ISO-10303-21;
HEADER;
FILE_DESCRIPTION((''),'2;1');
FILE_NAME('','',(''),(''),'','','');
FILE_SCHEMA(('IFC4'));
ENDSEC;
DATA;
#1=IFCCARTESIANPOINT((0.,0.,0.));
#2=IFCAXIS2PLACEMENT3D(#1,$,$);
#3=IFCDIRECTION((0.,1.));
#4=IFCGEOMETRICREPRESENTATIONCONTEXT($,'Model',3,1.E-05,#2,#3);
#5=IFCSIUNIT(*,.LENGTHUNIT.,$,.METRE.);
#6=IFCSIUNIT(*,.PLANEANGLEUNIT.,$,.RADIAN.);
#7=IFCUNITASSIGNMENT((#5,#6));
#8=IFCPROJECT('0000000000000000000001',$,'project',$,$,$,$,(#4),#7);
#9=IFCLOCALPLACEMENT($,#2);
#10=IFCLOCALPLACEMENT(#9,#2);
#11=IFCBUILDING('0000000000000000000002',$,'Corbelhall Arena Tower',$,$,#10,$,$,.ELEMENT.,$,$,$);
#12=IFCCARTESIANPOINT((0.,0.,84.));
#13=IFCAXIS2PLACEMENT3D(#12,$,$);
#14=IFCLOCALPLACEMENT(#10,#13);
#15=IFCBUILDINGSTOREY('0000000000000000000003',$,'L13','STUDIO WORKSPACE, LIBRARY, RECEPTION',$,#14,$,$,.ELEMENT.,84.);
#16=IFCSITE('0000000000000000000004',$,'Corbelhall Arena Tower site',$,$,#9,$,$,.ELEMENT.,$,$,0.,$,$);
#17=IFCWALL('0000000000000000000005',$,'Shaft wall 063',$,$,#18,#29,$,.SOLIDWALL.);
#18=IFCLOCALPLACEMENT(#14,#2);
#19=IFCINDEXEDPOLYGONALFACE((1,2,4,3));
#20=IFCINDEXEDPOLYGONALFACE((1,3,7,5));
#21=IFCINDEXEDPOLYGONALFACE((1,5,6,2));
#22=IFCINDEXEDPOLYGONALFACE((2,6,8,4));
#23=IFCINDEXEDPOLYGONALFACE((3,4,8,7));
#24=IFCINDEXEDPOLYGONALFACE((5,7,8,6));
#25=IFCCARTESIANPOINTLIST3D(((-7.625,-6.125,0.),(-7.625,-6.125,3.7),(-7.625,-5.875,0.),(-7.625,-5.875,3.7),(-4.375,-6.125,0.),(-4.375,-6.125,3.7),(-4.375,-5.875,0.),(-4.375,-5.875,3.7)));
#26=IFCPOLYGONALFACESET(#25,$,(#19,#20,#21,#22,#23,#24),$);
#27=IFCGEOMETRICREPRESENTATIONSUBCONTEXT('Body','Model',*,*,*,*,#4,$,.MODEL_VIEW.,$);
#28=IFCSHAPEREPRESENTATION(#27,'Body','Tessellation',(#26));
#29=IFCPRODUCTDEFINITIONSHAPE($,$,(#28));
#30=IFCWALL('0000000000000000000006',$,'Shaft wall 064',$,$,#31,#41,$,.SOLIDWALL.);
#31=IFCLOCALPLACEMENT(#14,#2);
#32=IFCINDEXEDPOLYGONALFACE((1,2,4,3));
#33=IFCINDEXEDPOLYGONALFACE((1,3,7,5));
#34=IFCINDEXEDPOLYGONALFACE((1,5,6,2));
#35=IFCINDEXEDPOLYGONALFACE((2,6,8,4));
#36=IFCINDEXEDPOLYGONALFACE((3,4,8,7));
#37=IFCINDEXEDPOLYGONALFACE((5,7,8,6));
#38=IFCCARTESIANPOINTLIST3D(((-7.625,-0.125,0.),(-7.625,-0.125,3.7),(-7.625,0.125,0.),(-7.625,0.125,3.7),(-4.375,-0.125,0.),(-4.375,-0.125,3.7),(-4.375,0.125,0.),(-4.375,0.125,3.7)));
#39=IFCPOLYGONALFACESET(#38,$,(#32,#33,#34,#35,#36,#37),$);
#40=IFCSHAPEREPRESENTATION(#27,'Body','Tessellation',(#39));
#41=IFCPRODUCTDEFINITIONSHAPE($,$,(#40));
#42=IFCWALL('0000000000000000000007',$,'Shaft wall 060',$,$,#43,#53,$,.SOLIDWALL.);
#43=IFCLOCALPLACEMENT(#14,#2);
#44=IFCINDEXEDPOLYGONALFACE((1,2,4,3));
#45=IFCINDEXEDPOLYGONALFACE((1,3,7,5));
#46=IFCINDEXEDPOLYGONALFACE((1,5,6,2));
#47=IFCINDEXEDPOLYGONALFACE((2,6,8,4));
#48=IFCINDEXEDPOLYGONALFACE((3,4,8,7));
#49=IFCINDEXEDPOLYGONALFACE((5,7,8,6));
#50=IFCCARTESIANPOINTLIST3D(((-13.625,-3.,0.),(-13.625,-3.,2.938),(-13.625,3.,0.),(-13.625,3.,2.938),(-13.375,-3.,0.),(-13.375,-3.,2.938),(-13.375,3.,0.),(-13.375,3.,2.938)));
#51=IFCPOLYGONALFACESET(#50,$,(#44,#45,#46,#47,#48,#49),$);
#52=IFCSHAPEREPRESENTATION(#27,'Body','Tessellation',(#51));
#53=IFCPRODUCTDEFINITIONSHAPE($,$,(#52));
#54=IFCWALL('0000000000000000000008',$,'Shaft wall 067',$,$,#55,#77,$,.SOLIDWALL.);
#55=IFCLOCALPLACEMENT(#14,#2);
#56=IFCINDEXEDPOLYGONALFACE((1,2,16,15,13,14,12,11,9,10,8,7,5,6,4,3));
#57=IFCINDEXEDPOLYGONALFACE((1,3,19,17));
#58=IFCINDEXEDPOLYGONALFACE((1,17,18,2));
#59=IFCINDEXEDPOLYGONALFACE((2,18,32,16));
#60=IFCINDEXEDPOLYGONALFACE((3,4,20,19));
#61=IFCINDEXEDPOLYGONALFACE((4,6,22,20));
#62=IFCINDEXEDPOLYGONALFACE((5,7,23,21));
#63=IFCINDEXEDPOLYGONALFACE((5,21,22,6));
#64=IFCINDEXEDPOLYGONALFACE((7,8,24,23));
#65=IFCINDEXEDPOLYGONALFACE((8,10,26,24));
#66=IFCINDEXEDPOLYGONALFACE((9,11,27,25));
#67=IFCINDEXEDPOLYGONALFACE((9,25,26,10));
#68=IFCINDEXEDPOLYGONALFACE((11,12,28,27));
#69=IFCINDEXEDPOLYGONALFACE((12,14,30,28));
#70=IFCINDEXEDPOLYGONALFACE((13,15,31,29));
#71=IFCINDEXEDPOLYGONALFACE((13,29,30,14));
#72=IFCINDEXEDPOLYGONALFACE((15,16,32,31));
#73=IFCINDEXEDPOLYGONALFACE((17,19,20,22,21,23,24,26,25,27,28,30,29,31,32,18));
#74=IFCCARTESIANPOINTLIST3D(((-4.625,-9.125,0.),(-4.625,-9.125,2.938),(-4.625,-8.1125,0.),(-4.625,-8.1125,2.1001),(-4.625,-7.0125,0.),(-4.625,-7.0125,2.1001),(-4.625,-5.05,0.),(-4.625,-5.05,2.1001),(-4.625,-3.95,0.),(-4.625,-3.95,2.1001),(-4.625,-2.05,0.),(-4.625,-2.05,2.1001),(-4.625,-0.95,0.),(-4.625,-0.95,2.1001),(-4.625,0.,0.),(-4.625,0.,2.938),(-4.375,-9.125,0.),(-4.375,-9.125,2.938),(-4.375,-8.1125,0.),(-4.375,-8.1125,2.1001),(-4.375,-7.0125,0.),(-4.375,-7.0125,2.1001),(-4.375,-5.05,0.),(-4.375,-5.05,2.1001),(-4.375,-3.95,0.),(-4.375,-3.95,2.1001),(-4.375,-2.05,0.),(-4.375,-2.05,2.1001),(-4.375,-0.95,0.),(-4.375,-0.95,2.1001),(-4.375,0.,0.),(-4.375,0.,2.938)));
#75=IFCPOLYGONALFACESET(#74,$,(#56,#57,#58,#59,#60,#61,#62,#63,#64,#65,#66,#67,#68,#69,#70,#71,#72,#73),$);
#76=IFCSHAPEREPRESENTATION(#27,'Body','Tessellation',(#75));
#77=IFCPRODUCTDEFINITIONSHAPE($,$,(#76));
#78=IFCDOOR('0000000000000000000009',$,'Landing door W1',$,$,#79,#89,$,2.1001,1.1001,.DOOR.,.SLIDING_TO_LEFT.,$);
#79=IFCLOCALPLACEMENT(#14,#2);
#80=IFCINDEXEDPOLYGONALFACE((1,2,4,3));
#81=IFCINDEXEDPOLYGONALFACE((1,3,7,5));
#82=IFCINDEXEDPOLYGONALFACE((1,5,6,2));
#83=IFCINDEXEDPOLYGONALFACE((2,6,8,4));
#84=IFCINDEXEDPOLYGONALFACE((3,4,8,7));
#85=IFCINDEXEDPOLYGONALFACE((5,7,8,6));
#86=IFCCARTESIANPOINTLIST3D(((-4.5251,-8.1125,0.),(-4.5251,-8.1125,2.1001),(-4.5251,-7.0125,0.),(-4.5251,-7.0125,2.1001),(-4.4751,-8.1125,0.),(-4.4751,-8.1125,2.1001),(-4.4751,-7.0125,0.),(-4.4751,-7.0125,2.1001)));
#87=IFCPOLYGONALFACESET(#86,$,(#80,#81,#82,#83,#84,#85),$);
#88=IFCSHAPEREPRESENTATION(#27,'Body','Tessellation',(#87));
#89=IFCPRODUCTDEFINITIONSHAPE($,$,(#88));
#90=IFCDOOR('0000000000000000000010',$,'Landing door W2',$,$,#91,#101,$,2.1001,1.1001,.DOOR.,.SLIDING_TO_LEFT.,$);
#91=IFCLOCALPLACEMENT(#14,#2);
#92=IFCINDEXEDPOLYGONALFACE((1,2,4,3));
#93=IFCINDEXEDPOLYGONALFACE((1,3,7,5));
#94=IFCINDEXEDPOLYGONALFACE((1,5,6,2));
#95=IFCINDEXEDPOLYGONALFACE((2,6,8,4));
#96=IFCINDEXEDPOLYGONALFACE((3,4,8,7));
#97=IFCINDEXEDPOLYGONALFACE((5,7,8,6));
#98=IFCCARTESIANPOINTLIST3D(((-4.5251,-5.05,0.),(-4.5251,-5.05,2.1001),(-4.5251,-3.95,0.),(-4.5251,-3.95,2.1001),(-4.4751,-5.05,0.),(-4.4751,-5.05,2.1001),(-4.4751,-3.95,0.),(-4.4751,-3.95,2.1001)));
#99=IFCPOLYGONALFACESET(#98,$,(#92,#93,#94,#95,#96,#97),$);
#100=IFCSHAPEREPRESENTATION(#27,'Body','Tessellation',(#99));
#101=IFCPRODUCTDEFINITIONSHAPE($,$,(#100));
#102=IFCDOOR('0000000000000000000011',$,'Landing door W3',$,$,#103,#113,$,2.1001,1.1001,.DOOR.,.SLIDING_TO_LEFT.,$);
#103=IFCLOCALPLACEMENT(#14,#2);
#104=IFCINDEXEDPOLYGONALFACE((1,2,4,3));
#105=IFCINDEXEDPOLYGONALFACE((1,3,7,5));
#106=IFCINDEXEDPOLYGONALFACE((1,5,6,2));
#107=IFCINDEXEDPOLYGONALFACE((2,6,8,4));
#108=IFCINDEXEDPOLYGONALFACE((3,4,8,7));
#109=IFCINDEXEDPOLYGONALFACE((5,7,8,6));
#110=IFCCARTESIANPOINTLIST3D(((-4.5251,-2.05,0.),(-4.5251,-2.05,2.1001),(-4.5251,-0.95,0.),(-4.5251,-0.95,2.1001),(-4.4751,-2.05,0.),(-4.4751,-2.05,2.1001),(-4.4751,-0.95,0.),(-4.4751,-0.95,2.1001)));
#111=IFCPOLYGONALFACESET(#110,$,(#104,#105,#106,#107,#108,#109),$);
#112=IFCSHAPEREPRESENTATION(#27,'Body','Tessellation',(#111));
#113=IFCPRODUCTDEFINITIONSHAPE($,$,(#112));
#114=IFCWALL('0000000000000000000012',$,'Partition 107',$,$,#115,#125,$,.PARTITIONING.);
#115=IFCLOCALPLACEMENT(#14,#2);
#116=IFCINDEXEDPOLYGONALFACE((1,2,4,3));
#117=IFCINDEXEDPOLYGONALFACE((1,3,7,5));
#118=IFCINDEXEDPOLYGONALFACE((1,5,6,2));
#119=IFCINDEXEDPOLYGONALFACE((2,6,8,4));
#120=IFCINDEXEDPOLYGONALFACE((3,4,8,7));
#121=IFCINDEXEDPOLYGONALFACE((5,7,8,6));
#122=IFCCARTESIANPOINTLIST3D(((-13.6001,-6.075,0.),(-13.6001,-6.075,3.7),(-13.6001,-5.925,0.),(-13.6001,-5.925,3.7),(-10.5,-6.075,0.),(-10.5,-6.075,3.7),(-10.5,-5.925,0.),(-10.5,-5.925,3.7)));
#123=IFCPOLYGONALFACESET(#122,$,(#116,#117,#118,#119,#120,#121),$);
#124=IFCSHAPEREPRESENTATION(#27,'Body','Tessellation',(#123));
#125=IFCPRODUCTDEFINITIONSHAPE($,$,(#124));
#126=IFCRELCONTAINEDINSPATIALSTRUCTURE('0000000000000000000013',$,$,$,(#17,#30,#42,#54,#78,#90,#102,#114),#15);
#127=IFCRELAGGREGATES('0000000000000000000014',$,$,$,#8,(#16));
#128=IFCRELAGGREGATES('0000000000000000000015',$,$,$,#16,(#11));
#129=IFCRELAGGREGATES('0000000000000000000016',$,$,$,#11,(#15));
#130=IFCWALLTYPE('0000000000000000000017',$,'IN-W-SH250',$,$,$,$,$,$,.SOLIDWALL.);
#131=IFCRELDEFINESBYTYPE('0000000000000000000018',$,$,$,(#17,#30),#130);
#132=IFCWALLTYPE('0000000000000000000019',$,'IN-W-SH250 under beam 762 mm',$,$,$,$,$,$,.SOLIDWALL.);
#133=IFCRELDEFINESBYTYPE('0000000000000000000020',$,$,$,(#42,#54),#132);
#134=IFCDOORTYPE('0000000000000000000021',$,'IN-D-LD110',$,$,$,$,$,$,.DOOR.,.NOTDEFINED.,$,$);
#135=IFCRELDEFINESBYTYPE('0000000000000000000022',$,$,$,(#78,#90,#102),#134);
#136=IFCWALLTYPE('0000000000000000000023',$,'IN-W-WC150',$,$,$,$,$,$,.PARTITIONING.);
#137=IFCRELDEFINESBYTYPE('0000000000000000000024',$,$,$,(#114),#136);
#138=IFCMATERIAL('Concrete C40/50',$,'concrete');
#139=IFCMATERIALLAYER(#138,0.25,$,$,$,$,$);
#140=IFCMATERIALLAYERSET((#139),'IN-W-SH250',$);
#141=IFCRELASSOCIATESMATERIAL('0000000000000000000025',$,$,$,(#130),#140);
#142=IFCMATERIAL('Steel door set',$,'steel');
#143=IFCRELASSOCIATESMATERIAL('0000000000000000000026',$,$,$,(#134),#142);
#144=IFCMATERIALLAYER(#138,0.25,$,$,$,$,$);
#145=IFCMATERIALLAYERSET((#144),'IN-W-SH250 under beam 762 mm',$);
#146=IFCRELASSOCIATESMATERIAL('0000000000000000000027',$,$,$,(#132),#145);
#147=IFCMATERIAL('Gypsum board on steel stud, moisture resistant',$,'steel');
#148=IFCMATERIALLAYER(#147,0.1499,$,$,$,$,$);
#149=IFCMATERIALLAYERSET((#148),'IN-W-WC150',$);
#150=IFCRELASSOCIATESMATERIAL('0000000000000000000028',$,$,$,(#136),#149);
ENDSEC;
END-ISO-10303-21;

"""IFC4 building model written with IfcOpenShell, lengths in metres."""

from ifc_helpers import new_model, si_unit, direction, frame, frame_2d, origin, place, context, subcontext, project, spatial, rectangle, extrude, material, layer, layer_set, type_object, element, fill, save


model = new_model("IFC4")

# Units and contexts
model_context = context("Model", 3, precision=1e-05, world=origin(), true_north=direction((0.0, 1.0)))
body_context = subcontext(model_context, "Body", "Model", "MODEL_VIEW")
ifc_project = project(units=[si_unit("LENGTHUNIT", "METRE"), si_unit("PLANEANGLEUNIT", "RADIAN")], contexts=[model_context])

# Site, building, storey
site_placement = place(None, origin())
site = spatial("IfcSite", under=ifc_project, at=site_placement, Name="Corbelhall Arena Tower site", CompositionType="ELEMENT", RefElevation=0.0)
building_placement = place(site_placement, origin())
building = spatial("IfcBuilding", under=site, at=building_placement, Name="Corbelhall Arena Tower", CompositionType="ELEMENT")
storey_placement = place(building_placement, frame((0.0, 0.0, 84.0)))
storey = spatial("IfcBuildingStorey", under=building, at=storey_placement, Name="L13", Description="STUDIO WORKSPACE, LIBRARY, RECEPTION", CompositionType="ELEMENT", Elevation=84.0)

# Shared definitions
ifc_material_1 = material(Name="Concrete C40/50", Category="concrete")
ifc_layer_1 = layer(ifc_material_1, 0.25)
ifc_layer_set_1 = layer_set([ifc_layer_1], Name="IN-W-SH250")
wall_type_1 = type_object("IfcWallType", Name="IN-W-SH250", PredefinedType="SOLIDWALL", material=ifc_layer_set_1)

# Shared definitions
ifc_material_2 = material(Name="Steel door set", Category="steel")

# Shared definitions
door_type_1 = type_object("IfcDoorType", Name="IN-D-LD110", OperationType="NOTDEFINED", PredefinedType="DOOR", material=ifc_material_2)

# Walls
for number, where, z_axis, x_axis, name in (
    (1, (-7.625, -6.0, 0.0), (0.0, 0.0, 1.0), (1.0, 0.0, 0.0), "Shaft wall 063"),
    (2, (-7.625, 0.0, 0.0), (0.0, 0.0, 1.0), (1.0, 0.0, 0.0), "Shaft wall 064"),
):
    element("IfcWall", number, at=place(storey_placement, frame(where, z_axis=z_axis, x_axis=x_axis)), inside=storey, type_object=wall_type_1, Name=name, PredefinedType="SOLIDWALL", context=body_context, shape_type="SweptSolid", body=[
        extrude(rectangle(XDim=3.25, YDim=0.25, at=frame_2d((1.625, 0.0))), origin(), (0.0, 0.0, 1.0), 3.7),
    ])
ifc_layer_2 = layer(ifc_material_1, 0.25)
ifc_layer_set_2 = layer_set([ifc_layer_2], Name="IN-W-SH250 under beam 762 mm")
wall_type_2 = type_object("IfcWallType", Name="IN-W-SH250 under beam 762 mm", PredefinedType="SOLIDWALL", material=ifc_layer_set_2)
wall_1_placement = place(storey_placement, frame((-13.5, -3.0, 0.0), z_axis=(0.0, 0.0, 1.0), x_axis=(0.0, 1.0, 0.0)))
element("IfcWall", 3, at=wall_1_placement, inside=storey, type_object=wall_type_2, Name="Shaft wall 060", PredefinedType="SOLIDWALL", context=body_context, shape_type="SweptSolid", body=[
    extrude(rectangle(XDim=6.0, YDim=0.25, at=frame_2d((3.0, 0.0))), origin(), (0.0, 0.0, 1.0), 2.938),
])

# Wall, openings, doors
wall_2_placement = place(storey_placement, frame((-4.5, 0.0, 0.0), z_axis=(0.0, 0.0, 1.0), x_axis=(0.0, -1.0, 0.0)))
wall_2 = element("IfcWall", 4, at=wall_2_placement, inside=storey, type_object=wall_type_2, Name="Shaft wall 067", PredefinedType="SOLIDWALL", context=body_context, shape_type="SweptSolid", body=[
    extrude(rectangle(XDim=9.125, YDim=0.25, at=frame_2d((4.5625, 0.0))), origin(), (0.0, 0.0, 1.0), 2.938),
])
opening_1_placement = place(wall_2_placement, frame((7.0125, 0.0, 0.0)))
opening_1 = element("IfcOpeningElement", 5, at=opening_1_placement, cuts=wall_2, PredefinedType="OPENING", context=body_context, shape_type="SweptSolid", body=[
    extrude(rectangle(XDim=1.1001, YDim=2.1001, at=frame_2d((0.55, 1.05))), frame((0.0, 0.125, 0.0), z_axis=(0.0, -1.0, 0.0), x_axis=(1.0, 0.0, 0.0)), (0.0, 0.0, 1.0), 0.25),
])
opening_2_placement = place(wall_2_placement, frame((3.95, 0.0, 0.0)))
opening_2 = element("IfcOpeningElement", 6, at=opening_2_placement, cuts=wall_2, PredefinedType="OPENING", context=body_context, shape_type="SweptSolid", body=[
    extrude(rectangle(XDim=1.1001, YDim=2.1001, at=frame_2d((0.55, 1.05))), frame((0.0, 0.125, 0.0), z_axis=(0.0, -1.0, 0.0), x_axis=(1.0, 0.0, 0.0)), (0.0, 0.0, 1.0), 0.25),
])
opening_3_placement = place(wall_2_placement, frame((0.95, 0.0, 0.0)))
opening_3 = element("IfcOpeningElement", 7, at=opening_3_placement, cuts=wall_2, PredefinedType="OPENING", context=body_context, shape_type="SweptSolid", body=[
    extrude(rectangle(XDim=1.1001, YDim=2.1001, at=frame_2d((0.55, 1.05))), frame((0.0, 0.125, 0.0), z_axis=(0.0, -1.0, 0.0), x_axis=(1.0, 0.0, 0.0)), (0.0, 0.0, 1.0), 0.25),
])
door_1_placement = place(opening_1_placement, origin())
door_1 = element("IfcDoor", 8, at=door_1_placement, inside=storey, type_object=door_type_1, Name="Landing door W1", OperationType="SLIDING_TO_LEFT", OverallHeight=2.1001, OverallWidth=1.1001, PredefinedType="DOOR", context=body_context, shape_type="SweptSolid", body=[
    extrude(rectangle(XDim=1.1001, YDim=2.1001, at=frame_2d((0.55, 1.05))), frame((0.0, 0.0249, 0.0), z_axis=(0.0, -1.0, 0.0), x_axis=(1.0, 0.0, 0.0)), (0.0, 0.0, 1.0), 0.05),
])
fill(opening_1, door_1)
door_2_placement = place(opening_2_placement, origin())
door_2 = element("IfcDoor", 9, at=door_2_placement, inside=storey, type_object=door_type_1, Name="Landing door W2", OperationType="SLIDING_TO_LEFT", OverallHeight=2.1001, OverallWidth=1.1001, PredefinedType="DOOR", context=body_context, shape_type="SweptSolid", body=[
    extrude(rectangle(XDim=1.1001, YDim=2.1001, at=frame_2d((0.55, 1.05))), frame((0.0, 0.0249, 0.0), z_axis=(0.0, -1.0, 0.0), x_axis=(1.0, 0.0, 0.0)), (0.0, 0.0, 1.0), 0.05),
])
fill(opening_2, door_2)
door_3_placement = place(opening_3_placement, origin())
door_3 = element("IfcDoor", 10, at=door_3_placement, inside=storey, type_object=door_type_1, Name="Landing door W3", OperationType="SLIDING_TO_LEFT", OverallHeight=2.1001, OverallWidth=1.1001, PredefinedType="DOOR", context=body_context, shape_type="SweptSolid", body=[
    extrude(rectangle(XDim=1.1001, YDim=2.1001, at=frame_2d((0.55, 1.05))), frame((0.0, 0.0249, 0.0), z_axis=(0.0, -1.0, 0.0), x_axis=(1.0, 0.0, 0.0)), (0.0, 0.0, 1.0), 0.05),
])
fill(opening_3, door_3)

# Wall
ifc_material_3 = material(Name="Gypsum board on steel stud, moisture resistant", Category="steel")
ifc_layer_3 = layer(ifc_material_3, 0.1499)
ifc_layer_set_3 = layer_set([ifc_layer_3], Name="IN-W-WC150")
wall_type_3 = type_object("IfcWallType", Name="IN-W-WC150", PredefinedType="PARTITIONING", material=ifc_layer_set_3)
wall_3_placement = place(storey_placement, frame((-13.6001, -6.0, 0.0), z_axis=(0.0, 0.0, 1.0), x_axis=(1.0, 0.0, 0.0)))
element("IfcWall", 11, at=wall_3_placement, inside=storey, type_object=wall_type_3, Name="Partition 107", PredefinedType="PARTITIONING", context=body_context, shape_type="SweptSolid", body=[
    extrude(rectangle(XDim=3.1001, YDim=0.1499, at=frame_2d((1.55, 0.0))), origin(), (0.0, 0.0, 1.0), 3.7),
])

save(model, "model.ifc")
